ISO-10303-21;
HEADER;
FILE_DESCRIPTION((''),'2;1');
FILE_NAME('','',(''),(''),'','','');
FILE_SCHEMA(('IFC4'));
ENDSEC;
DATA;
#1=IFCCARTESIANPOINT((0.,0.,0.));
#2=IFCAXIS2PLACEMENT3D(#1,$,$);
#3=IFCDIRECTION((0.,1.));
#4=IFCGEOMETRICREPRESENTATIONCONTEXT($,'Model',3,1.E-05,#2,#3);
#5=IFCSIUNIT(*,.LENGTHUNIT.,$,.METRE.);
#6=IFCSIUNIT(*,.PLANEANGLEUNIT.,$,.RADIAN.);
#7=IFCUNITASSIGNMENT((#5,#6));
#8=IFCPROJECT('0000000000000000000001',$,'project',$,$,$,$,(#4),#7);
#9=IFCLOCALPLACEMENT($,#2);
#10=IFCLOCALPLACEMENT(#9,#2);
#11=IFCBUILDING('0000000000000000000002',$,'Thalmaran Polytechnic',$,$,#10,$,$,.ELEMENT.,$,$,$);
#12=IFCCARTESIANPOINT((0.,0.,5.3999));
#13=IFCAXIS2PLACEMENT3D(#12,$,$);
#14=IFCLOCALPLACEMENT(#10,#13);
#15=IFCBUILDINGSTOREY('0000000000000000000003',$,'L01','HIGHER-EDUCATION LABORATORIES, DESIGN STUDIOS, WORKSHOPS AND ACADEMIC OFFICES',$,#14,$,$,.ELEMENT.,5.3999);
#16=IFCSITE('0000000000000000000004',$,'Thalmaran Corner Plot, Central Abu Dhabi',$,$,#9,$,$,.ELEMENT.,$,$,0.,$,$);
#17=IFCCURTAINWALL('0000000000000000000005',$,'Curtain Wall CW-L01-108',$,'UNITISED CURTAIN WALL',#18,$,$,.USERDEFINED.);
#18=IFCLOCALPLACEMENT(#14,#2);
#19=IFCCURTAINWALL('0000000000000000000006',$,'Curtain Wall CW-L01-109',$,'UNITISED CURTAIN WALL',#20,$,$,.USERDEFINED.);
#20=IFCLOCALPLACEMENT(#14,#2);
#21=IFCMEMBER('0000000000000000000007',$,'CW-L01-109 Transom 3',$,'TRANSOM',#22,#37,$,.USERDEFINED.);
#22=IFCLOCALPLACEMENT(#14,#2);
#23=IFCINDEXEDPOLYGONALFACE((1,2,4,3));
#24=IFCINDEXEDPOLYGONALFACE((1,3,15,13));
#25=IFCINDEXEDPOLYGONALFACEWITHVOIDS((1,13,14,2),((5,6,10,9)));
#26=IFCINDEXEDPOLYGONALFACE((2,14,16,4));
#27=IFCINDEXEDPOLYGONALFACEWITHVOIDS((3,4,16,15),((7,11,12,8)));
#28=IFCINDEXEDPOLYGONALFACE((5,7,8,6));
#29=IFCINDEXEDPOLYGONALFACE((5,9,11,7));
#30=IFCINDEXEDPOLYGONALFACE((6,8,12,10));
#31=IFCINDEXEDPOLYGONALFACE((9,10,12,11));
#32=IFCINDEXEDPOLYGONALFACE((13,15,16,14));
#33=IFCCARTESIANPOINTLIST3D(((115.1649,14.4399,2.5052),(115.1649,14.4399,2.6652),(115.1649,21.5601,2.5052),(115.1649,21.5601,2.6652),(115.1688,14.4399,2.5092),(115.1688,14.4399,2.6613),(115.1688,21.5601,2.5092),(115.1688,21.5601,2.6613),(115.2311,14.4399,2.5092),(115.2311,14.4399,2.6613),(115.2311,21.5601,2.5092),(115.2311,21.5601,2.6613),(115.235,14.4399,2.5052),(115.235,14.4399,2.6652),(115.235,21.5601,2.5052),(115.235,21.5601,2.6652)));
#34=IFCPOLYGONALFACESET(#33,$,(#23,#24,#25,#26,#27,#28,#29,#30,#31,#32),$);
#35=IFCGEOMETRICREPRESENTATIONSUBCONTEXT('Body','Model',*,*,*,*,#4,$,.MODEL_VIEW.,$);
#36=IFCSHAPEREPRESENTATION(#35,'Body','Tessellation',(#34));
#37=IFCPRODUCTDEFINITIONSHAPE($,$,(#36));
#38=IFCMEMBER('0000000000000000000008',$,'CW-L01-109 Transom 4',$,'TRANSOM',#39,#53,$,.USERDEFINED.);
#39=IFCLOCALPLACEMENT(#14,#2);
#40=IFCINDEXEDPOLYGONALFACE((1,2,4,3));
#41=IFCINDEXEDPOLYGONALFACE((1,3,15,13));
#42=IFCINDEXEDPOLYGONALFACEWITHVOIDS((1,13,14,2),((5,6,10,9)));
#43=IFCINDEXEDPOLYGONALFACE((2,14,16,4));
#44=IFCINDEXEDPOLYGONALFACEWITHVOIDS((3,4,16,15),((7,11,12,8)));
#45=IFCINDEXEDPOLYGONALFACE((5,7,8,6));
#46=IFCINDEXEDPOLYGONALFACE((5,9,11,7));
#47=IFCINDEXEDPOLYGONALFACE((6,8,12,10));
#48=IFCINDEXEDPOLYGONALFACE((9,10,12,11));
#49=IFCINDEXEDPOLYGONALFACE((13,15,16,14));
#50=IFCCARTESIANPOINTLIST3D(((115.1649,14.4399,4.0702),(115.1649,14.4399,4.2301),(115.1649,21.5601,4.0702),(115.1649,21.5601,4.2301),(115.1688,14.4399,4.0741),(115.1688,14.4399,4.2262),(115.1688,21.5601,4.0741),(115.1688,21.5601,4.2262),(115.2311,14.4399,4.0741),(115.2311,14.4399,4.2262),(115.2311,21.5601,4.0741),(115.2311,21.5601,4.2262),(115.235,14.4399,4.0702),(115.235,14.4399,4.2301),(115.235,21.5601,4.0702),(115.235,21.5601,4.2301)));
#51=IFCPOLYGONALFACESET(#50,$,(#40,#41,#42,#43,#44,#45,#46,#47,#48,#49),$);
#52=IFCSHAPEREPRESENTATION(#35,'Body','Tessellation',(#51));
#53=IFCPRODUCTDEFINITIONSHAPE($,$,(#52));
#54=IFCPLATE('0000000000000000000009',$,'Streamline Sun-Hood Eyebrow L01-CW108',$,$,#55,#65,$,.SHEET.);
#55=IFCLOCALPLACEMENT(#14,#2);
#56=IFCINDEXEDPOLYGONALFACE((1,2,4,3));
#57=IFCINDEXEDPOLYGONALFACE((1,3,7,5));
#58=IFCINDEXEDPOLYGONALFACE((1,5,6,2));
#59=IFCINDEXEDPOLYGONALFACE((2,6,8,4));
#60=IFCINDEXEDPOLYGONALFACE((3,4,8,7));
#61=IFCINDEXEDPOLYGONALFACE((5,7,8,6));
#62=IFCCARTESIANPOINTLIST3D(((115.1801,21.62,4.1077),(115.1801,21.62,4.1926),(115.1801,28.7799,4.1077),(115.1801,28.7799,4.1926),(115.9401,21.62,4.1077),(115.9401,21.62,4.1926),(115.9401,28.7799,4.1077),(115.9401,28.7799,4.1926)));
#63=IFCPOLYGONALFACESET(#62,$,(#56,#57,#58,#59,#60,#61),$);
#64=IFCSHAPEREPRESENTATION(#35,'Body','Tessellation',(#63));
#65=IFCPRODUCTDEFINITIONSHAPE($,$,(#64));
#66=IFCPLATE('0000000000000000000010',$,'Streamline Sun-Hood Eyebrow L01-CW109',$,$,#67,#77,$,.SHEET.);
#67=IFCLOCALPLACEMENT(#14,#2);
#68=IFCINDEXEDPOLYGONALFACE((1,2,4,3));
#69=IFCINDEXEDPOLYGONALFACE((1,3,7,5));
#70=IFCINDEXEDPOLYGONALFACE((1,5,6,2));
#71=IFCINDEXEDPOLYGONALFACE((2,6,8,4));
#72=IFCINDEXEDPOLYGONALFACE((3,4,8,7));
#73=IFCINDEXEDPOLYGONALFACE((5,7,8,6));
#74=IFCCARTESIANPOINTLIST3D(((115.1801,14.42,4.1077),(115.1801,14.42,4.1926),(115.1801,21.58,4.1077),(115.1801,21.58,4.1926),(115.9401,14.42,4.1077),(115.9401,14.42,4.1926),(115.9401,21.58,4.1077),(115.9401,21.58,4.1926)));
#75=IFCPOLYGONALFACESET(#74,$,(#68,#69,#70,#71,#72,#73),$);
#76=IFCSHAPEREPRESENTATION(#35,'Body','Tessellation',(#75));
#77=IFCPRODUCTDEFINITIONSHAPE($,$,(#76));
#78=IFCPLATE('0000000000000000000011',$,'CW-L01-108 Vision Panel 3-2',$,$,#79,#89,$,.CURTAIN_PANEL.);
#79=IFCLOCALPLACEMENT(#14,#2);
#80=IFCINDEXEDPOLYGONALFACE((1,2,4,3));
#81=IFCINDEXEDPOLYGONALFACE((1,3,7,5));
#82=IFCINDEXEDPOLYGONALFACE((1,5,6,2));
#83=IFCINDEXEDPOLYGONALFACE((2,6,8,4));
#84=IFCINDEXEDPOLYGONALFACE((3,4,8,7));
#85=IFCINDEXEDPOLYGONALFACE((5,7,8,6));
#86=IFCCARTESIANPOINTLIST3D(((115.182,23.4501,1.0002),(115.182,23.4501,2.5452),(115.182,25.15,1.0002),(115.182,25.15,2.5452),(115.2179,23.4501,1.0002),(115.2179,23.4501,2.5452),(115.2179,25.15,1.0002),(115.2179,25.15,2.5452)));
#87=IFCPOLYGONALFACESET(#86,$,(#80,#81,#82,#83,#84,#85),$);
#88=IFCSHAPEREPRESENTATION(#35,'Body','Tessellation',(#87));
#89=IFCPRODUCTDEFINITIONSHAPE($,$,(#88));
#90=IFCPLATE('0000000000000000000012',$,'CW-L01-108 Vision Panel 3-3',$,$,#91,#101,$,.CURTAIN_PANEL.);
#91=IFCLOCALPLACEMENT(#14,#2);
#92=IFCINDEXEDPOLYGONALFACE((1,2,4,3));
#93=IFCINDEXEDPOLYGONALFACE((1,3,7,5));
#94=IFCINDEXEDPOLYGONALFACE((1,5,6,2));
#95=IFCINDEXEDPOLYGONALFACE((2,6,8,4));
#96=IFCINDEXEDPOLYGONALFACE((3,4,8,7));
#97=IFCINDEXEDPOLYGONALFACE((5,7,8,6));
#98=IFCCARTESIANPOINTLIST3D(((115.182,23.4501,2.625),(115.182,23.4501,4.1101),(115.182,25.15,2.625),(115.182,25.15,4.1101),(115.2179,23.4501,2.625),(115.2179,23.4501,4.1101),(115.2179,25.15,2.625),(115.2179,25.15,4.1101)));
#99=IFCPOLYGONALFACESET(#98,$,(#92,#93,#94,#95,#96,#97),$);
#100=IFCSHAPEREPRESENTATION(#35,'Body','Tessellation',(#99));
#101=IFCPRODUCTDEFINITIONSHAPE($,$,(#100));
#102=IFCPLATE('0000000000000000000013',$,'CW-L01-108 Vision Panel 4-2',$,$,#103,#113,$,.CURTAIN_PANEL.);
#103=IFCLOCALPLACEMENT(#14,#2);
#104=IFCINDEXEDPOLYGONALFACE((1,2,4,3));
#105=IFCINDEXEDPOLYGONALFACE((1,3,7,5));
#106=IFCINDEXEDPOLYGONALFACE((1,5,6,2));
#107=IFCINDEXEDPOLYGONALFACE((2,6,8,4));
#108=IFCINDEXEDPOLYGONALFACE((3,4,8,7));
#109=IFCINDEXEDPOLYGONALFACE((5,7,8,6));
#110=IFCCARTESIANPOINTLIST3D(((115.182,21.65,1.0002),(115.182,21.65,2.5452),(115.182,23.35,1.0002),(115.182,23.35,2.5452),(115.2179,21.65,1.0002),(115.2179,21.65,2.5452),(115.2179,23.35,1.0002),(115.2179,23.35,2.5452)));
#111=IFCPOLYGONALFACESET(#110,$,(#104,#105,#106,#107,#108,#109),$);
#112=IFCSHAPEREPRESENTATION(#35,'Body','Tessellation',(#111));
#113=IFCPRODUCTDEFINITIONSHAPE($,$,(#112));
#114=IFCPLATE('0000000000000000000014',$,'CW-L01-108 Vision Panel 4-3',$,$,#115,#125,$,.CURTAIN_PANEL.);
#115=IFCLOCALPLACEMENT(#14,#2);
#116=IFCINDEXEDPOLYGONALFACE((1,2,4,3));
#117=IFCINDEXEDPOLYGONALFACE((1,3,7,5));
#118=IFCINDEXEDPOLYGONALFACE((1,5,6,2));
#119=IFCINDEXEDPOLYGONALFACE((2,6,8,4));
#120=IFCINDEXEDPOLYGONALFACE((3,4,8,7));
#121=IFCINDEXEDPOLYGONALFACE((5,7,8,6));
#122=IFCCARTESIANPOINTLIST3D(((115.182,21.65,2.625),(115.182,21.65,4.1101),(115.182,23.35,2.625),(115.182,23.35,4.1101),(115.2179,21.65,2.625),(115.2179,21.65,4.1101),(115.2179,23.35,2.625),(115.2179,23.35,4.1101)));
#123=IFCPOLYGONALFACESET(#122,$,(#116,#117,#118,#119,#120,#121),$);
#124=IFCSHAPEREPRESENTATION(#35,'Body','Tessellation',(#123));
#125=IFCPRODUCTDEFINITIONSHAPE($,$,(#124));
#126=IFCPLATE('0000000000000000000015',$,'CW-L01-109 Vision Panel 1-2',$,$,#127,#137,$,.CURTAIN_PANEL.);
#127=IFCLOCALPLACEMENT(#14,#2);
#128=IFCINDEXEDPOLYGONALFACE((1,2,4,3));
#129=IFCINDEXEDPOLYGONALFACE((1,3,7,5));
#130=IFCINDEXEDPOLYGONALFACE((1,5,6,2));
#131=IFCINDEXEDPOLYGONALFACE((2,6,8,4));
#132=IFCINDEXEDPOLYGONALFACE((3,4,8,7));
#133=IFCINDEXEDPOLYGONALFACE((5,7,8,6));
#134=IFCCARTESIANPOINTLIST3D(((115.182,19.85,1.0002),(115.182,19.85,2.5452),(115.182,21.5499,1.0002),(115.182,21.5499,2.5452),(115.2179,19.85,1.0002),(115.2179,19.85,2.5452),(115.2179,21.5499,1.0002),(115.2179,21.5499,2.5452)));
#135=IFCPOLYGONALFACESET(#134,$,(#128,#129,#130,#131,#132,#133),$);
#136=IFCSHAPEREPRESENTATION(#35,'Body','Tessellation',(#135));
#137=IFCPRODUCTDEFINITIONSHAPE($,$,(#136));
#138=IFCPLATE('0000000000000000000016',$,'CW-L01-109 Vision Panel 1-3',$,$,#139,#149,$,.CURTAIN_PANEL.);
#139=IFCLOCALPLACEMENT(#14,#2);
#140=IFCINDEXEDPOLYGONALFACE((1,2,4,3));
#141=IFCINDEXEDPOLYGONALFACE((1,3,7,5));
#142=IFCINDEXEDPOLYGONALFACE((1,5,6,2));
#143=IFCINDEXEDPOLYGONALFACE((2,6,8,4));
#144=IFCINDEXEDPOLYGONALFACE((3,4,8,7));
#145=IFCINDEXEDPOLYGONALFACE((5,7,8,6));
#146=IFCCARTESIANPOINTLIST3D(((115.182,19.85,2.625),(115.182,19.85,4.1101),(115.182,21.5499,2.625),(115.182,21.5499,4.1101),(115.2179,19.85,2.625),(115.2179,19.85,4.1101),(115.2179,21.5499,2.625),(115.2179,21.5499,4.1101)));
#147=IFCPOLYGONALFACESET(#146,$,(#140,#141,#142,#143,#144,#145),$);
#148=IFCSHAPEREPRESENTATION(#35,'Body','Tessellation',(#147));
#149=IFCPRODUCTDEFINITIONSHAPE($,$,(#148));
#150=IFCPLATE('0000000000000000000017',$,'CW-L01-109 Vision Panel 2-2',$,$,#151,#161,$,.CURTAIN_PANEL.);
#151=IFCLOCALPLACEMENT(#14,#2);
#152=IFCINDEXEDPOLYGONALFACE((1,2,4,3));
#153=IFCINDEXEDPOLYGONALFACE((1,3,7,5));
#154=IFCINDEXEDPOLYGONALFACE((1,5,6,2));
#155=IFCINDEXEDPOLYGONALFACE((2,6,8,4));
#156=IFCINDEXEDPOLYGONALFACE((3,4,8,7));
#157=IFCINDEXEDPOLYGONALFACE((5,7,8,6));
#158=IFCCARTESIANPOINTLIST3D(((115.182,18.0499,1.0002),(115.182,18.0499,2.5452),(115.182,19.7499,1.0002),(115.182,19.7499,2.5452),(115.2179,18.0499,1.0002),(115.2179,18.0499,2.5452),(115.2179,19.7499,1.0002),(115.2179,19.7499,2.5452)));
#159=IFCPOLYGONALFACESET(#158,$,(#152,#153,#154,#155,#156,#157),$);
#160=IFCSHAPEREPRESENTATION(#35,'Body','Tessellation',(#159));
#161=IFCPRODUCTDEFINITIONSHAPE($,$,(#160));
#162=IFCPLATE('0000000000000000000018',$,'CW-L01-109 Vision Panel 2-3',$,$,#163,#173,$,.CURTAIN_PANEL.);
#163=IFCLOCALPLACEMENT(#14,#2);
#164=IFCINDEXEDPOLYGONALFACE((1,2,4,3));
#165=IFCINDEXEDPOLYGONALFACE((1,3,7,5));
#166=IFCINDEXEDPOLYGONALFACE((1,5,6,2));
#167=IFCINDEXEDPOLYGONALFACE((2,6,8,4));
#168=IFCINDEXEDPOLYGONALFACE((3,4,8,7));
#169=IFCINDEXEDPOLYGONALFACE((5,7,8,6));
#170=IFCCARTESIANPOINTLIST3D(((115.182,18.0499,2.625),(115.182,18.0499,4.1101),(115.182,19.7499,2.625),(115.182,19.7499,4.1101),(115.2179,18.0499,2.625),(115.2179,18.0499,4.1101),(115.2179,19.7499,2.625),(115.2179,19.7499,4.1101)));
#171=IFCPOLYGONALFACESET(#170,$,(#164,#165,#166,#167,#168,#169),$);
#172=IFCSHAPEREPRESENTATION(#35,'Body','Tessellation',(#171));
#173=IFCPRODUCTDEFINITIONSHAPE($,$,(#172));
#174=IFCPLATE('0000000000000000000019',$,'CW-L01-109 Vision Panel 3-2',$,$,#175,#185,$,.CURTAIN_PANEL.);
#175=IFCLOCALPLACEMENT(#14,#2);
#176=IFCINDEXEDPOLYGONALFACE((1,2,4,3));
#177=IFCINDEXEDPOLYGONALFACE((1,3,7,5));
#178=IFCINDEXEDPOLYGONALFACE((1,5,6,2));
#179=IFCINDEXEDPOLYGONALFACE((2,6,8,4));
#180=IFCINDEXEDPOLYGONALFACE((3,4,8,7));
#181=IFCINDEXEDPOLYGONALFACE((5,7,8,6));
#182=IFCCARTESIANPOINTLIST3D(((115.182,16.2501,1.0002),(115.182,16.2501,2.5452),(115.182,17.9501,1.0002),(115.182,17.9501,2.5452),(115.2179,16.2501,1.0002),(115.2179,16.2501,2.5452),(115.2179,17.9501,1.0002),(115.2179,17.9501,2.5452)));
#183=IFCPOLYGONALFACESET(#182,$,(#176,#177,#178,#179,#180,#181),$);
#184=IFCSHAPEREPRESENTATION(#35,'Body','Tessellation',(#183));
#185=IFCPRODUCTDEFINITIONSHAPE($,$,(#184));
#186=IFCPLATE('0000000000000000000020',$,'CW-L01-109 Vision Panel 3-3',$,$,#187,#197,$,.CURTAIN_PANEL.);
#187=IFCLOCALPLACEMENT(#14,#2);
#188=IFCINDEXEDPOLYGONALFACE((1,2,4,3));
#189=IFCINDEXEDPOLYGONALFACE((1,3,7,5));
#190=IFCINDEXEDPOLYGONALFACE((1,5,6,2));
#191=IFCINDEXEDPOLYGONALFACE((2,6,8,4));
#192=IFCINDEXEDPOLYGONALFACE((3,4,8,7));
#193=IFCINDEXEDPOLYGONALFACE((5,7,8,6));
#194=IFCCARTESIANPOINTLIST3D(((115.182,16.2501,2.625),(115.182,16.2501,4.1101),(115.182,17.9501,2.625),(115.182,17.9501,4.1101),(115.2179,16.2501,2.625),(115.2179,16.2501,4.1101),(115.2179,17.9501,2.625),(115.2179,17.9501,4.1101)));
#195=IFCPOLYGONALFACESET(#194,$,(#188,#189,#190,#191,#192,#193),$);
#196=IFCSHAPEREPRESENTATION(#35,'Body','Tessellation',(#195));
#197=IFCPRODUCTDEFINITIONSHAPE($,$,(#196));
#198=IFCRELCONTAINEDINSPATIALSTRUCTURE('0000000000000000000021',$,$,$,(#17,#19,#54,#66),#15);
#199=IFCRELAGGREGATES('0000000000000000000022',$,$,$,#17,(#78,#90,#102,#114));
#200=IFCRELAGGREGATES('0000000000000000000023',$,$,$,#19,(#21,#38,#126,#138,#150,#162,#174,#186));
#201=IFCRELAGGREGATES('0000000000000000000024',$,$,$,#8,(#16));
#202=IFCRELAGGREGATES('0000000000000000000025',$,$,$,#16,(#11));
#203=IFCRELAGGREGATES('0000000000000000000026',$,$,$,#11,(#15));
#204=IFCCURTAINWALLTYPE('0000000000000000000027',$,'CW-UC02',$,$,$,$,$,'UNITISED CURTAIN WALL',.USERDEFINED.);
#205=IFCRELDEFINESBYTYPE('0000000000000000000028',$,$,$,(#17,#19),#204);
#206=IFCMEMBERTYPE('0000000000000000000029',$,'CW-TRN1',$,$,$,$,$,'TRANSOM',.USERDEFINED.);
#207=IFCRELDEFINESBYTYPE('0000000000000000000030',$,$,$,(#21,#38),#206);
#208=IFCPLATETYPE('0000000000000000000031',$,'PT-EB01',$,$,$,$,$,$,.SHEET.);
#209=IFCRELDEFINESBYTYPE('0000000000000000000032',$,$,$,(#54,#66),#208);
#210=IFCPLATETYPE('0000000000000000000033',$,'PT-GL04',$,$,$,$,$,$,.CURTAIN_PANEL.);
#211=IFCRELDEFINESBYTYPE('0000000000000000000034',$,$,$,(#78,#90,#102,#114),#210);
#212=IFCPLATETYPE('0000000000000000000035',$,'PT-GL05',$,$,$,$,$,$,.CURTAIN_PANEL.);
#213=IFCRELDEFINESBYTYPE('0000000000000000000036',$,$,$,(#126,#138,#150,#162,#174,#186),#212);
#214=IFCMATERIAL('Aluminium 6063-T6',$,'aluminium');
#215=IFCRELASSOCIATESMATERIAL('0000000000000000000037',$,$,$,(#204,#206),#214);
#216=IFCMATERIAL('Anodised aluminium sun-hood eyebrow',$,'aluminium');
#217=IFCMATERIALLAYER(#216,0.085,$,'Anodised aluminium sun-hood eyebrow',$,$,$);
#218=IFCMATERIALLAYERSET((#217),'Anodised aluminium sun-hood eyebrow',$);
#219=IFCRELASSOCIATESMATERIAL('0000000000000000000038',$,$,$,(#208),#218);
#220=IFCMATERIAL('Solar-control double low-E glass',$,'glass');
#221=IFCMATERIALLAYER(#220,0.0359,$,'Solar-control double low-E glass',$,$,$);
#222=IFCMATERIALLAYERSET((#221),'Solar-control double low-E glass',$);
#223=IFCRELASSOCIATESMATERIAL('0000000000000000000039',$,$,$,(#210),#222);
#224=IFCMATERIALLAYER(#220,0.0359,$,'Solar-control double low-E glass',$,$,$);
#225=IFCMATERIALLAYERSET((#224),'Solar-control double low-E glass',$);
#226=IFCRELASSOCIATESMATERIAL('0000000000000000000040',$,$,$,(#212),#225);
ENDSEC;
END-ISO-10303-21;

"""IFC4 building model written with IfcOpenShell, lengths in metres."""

from ifc_helpers import new_model, si_unit, direction, frame, origin, origin_2d, place, context, subcontext, project, spatial, rectangle, hollow_rectangle, extrude, material, layer, layer_set, material_profile, profile_set, type_object, element, aggregate, save


model = new_model("IFC4")

# Units and contexts
model_context = context("Model", 3, precision=1e-05, world=origin(), true_north=direction((0.0, 1.0)))
body_context = subcontext(model_context, "Body", "Model", "MODEL_VIEW")
ifc_project = project(units=[si_unit("LENGTHUNIT", "METRE"), si_unit("PLANEANGLEUNIT", "RADIAN")], contexts=[model_context])

# Site, building, storey
site_placement = place(None, origin())
site = spatial("IfcSite", under=ifc_project, at=site_placement, Name="Thalmaran Corner Plot, Central Abu Dhabi", CompositionType="ELEMENT", RefElevation=0.0)
building_placement = place(site_placement, origin())
building = spatial("IfcBuilding", under=site, at=building_placement, Name="Thalmaran Polytechnic", CompositionType="ELEMENT")
storey_placement = place(building_placement, frame((0.0, 0.0, 5.3999)))
storey = spatial("IfcBuildingStorey", under=building, at=storey_placement, Name="L01", Description="HIGHER-EDUCATION LABORATORIES, DESIGN STUDIOS, WORKSHOPS AND ACADEMIC OFFICES", CompositionType="ELEMENT", Elevation=5.3999)

# Curtain walls, members
ifc_material_1 = material(Name="Aluminium 6063-T6", Category="aluminium")
curtain_wall_type = type_object("IfcCurtainWallType", Name="CW-UC02", ElementType="UNITISED CURTAIN WALL", PredefinedType="USERDEFINED", material=ifc_material_1)
curtain_wall_1_placement = place(storey_placement, origin())
curtain_wall_1 = element("IfcCurtainWall", 1, at=curtain_wall_1_placement, inside=storey, type_object=curtain_wall_type, Name="Curtain Wall CW-L01-108", ObjectType="UNITISED CURTAIN WALL", PredefinedType="USERDEFINED")
curtain_wall_2_placement = place(storey_placement, origin())
curtain_wall_2 = element("IfcCurtainWall", 2, at=curtain_wall_2_placement, inside=storey, type_object=curtain_wall_type, Name="Curtain Wall CW-L01-109", ObjectType="UNITISED CURTAIN WALL", PredefinedType="USERDEFINED")
ifc_material_profile_1 = material_profile(ifc_material_1, hollow_rectangle(XDim=0.0701, YDim=0.1599, WallThickness=0.0039, at=origin_2d()), Name="AL 160x70x4.0")
ifc_profile_set_1 = profile_set([ifc_material_profile_1], Name="Aluminium 6063-T6")
member_type_1 = type_object("IfcMemberType", Name="CW-TRN1", ElementType="TRANSOM", PredefinedType="USERDEFINED", material=ifc_profile_set_1)
member_1_placement = place(storey_placement, frame((115.2, 21.5601, 2.5852), z_axis=(0.0, -1.0, 0.0), x_axis=(1.0, 0.0, 0.0)))
member_1 = element("IfcMember", 3, at=member_1_placement, type_object=member_type_1, Name="CW-L01-109 Transom 3", ObjectType="TRANSOM", PredefinedType="USERDEFINED", context=body_context, shape_type="SweptSolid", body=[
    extrude(hollow_rectangle(XDim=0.0701, YDim=0.1599, WallThickness=0.0039, at=origin_2d()), origin(), (0.0, 0.0, 1.0), 7.1201),
])
member_2_placement = place(storey_placement, frame((115.2, 21.5601, 4.1501), z_axis=(0.0, -1.0, 0.0), x_axis=(1.0, 0.0, 0.0)))
member_2 = element("IfcMember", 4, at=member_2_placement, type_object=member_type_1, Name="CW-L01-109 Transom 4", ObjectType="TRANSOM", PredefinedType="USERDEFINED", context=body_context, shape_type="SweptSolid", body=[
    extrude(hollow_rectangle(XDim=0.0701, YDim=0.1599, WallThickness=0.0039, at=origin_2d()), origin(), (0.0, 0.0, 1.0), 7.1201),
])

# Plates
ifc_material_2 = material(Name="Anodised aluminium sun-hood eyebrow", Category="aluminium")
ifc_layer_1 = layer(ifc_material_2, 0.085, Name="Anodised aluminium sun-hood eyebrow")
ifc_layer_set_1 = layer_set([ifc_layer_1], Name="Anodised aluminium sun-hood eyebrow")
plate_type_1 = type_object("IfcPlateType", Name="PT-EB01", PredefinedType="SHEET", material=ifc_layer_set_1)
for number, where, z_axis, x_axis, name in (
    (5, (115.5601, 25.2, 4.1077), (0.0, 0.0, 1.0), (0.0, -1.0, 0.0), "Streamline Sun-Hood Eyebrow L01-CW108"),
    (6, (115.5601, 18.0, 4.1077), (0.0, 0.0, 1.0), (0.0, -1.0, 0.0), "Streamline Sun-Hood Eyebrow L01-CW109"),
):
    element("IfcPlate", number, at=place(storey_placement, frame(where, z_axis=z_axis, x_axis=x_axis)), inside=storey, type_object=plate_type_1, Name=name, PredefinedType="SHEET", context=body_context, shape_type="SweptSolid", body=[
        extrude(rectangle(XDim=7.1599, YDim=0.76, at=origin_2d()), origin(), (0.0, 0.0, 1.0), 0.085),
    ])

# Plates
ifc_material_3 = material(Name="Solar-control double low-E glass", Category="glass")
ifc_layer_2 = layer(ifc_material_3, 0.0359, Name="Solar-control double low-E glass")
ifc_layer_set_2 = layer_set([ifc_layer_2], Name="Solar-control double low-E glass")
plate_type_2 = type_object("IfcPlateType", Name="PT-GL04", PredefinedType="CURTAIN_PANEL", material=ifc_layer_set_2)
plate_1_placement = place(storey_placement, frame((115.2, 24.3, 1.0002), z_axis=(0.0, 0.0, 1.0), x_axis=(0.0, -1.0, 0.0)))
plate_1 = element("IfcPlate", 7, at=plate_1_placement, type_object=plate_type_2, Name="CW-L01-108 Vision Panel 3-2", PredefinedType="CURTAIN_PANEL", context=body_context, shape_type="SweptSolid", body=[
    extrude(rectangle(XDim=1.7, YDim=0.0359, at=origin_2d()), origin(), (0.0, 0.0, 1.0), 1.5449),
])
plate_2_placement = place(storey_placement, frame((115.2, 24.3, 2.625), z_axis=(0.0, 0.0, 1.0), x_axis=(0.0, -1.0, 0.0)))
plate_2 = element("IfcPlate", 8, at=plate_2_placement, type_object=plate_type_2, Name="CW-L01-108 Vision Panel 3-3", PredefinedType="CURTAIN_PANEL", context=body_context, shape_type="SweptSolid", body=[
    extrude(rectangle(XDim=1.7, YDim=0.0359, at=origin_2d()), origin(), (0.0, 0.0, 1.0), 1.4851),
])
plate_3_placement = place(storey_placement, frame((115.2, 22.5, 1.0002), z_axis=(0.0, 0.0, 1.0), x_axis=(0.0, -1.0, 0.0)))
plate_3 = element("IfcPlate", 9, at=plate_3_placement, type_object=plate_type_2, Name="CW-L01-108 Vision Panel 4-2", PredefinedType="CURTAIN_PANEL", context=body_context, shape_type="SweptSolid", body=[
    extrude(rectangle(XDim=1.7, YDim=0.0359, at=origin_2d()), origin(), (0.0, 0.0, 1.0), 1.5449),
])
plate_4_placement = place(storey_placement, frame((115.2, 22.5, 2.625), z_axis=(0.0, 0.0, 1.0), x_axis=(0.0, -1.0, 0.0)))
plate_4 = element("IfcPlate", 10, at=plate_4_placement, type_object=plate_type_2, Name="CW-L01-108 Vision Panel 4-3", PredefinedType="CURTAIN_PANEL", context=body_context, shape_type="SweptSolid", body=[
    extrude(rectangle(XDim=1.7, YDim=0.0359, at=origin_2d()), origin(), (0.0, 0.0, 1.0), 1.4851),
])
ifc_layer_3 = layer(ifc_material_3, 0.0359, Name="Solar-control double low-E glass")
ifc_layer_set_3 = layer_set([ifc_layer_3], Name="Solar-control double low-E glass")
plate_type_3 = type_object("IfcPlateType", Name="PT-GL05", PredefinedType="CURTAIN_PANEL", material=ifc_layer_set_3)
plate_5_placement = place(storey_placement, frame((115.2, 20.7, 1.0002), z_axis=(0.0, 0.0, 1.0), x_axis=(0.0, -1.0, 0.0)))
plate_5 = element("IfcPlate", 11, at=plate_5_placement, type_object=plate_type_3, Name="CW-L01-109 Vision Panel 1-2", PredefinedType="CURTAIN_PANEL", context=body_context, shape_type="SweptSolid", body=[
    extrude(rectangle(XDim=1.7, YDim=0.0359, at=origin_2d()), origin(), (0.0, 0.0, 1.0), 1.5449),
])
plate_6_placement = place(storey_placement, frame((115.2, 20.7, 2.625), z_axis=(0.0, 0.0, 1.0), x_axis=(0.0, -1.0, 0.0)))
plate_6 = element("IfcPlate", 12, at=plate_6_placement, type_object=plate_type_3, Name="CW-L01-109 Vision Panel 1-3", PredefinedType="CURTAIN_PANEL", context=body_context, shape_type="SweptSolid", body=[
    extrude(rectangle(XDim=1.7, YDim=0.0359, at=origin_2d()), origin(), (0.0, 0.0, 1.0), 1.4851),
])
plate_7_placement = place(storey_placement, frame((115.2, 18.8999, 1.0002), z_axis=(0.0, 0.0, 1.0), x_axis=(0.0, -1.0, 0.0)))
plate_7 = element("IfcPlate", 13, at=plate_7_placement, type_object=plate_type_3, Name="CW-L01-109 Vision Panel 2-2", PredefinedType="CURTAIN_PANEL", context=body_context, shape_type="SweptSolid", body=[
    extrude(rectangle(XDim=1.7, YDim=0.0359, at=origin_2d()), origin(), (0.0, 0.0, 1.0), 1.5449),
])
plate_8_placement = place(storey_placement, frame((115.2, 18.8999, 2.625), z_axis=(0.0, 0.0, 1.0), x_axis=(0.0, -1.0, 0.0)))
plate_8 = element("IfcPlate", 14, at=plate_8_placement, type_object=plate_type_3, Name="CW-L01-109 Vision Panel 2-3", PredefinedType="CURTAIN_PANEL", context=body_context, shape_type="SweptSolid", body=[
    extrude(rectangle(XDim=1.7, YDim=0.0359, at=origin_2d()), origin(), (0.0, 0.0, 1.0), 1.4851),
])
plate_9_placement = place(storey_placement, frame((115.2, 17.1001, 1.0002), z_axis=(0.0, 0.0, 1.0), x_axis=(0.0, -1.0, 0.0)))
plate_9 = element("IfcPlate", 15, at=plate_9_placement, type_object=plate_type_3, Name="CW-L01-109 Vision Panel 3-2", PredefinedType="CURTAIN_PANEL", context=body_context, shape_type="SweptSolid", body=[
    extrude(rectangle(XDim=1.7, YDim=0.0359, at=origin_2d()), origin(), (0.0, 0.0, 1.0), 1.5449),
])
plate_10_placement = place(storey_placement, frame((115.2, 17.1001, 2.625), z_axis=(0.0, 0.0, 1.0), x_axis=(0.0, -1.0, 0.0)))
plate_10 = element("IfcPlate", 16, at=plate_10_placement, type_object=plate_type_3, Name="CW-L01-109 Vision Panel 3-3", PredefinedType="CURTAIN_PANEL", context=body_context, shape_type="SweptSolid", body=[
    extrude(rectangle(XDim=1.7, YDim=0.0359, at=origin_2d()), origin(), (0.0, 0.0, 1.0), 1.4851),
])
aggregate(curtain_wall_1, [plate_1, plate_2, plate_3, plate_4])
aggregate(curtain_wall_2, [member_1, member_2, plate_5, plate_6, plate_7, plate_8, plate_9, plate_10])

save(model, "model.ifc")
